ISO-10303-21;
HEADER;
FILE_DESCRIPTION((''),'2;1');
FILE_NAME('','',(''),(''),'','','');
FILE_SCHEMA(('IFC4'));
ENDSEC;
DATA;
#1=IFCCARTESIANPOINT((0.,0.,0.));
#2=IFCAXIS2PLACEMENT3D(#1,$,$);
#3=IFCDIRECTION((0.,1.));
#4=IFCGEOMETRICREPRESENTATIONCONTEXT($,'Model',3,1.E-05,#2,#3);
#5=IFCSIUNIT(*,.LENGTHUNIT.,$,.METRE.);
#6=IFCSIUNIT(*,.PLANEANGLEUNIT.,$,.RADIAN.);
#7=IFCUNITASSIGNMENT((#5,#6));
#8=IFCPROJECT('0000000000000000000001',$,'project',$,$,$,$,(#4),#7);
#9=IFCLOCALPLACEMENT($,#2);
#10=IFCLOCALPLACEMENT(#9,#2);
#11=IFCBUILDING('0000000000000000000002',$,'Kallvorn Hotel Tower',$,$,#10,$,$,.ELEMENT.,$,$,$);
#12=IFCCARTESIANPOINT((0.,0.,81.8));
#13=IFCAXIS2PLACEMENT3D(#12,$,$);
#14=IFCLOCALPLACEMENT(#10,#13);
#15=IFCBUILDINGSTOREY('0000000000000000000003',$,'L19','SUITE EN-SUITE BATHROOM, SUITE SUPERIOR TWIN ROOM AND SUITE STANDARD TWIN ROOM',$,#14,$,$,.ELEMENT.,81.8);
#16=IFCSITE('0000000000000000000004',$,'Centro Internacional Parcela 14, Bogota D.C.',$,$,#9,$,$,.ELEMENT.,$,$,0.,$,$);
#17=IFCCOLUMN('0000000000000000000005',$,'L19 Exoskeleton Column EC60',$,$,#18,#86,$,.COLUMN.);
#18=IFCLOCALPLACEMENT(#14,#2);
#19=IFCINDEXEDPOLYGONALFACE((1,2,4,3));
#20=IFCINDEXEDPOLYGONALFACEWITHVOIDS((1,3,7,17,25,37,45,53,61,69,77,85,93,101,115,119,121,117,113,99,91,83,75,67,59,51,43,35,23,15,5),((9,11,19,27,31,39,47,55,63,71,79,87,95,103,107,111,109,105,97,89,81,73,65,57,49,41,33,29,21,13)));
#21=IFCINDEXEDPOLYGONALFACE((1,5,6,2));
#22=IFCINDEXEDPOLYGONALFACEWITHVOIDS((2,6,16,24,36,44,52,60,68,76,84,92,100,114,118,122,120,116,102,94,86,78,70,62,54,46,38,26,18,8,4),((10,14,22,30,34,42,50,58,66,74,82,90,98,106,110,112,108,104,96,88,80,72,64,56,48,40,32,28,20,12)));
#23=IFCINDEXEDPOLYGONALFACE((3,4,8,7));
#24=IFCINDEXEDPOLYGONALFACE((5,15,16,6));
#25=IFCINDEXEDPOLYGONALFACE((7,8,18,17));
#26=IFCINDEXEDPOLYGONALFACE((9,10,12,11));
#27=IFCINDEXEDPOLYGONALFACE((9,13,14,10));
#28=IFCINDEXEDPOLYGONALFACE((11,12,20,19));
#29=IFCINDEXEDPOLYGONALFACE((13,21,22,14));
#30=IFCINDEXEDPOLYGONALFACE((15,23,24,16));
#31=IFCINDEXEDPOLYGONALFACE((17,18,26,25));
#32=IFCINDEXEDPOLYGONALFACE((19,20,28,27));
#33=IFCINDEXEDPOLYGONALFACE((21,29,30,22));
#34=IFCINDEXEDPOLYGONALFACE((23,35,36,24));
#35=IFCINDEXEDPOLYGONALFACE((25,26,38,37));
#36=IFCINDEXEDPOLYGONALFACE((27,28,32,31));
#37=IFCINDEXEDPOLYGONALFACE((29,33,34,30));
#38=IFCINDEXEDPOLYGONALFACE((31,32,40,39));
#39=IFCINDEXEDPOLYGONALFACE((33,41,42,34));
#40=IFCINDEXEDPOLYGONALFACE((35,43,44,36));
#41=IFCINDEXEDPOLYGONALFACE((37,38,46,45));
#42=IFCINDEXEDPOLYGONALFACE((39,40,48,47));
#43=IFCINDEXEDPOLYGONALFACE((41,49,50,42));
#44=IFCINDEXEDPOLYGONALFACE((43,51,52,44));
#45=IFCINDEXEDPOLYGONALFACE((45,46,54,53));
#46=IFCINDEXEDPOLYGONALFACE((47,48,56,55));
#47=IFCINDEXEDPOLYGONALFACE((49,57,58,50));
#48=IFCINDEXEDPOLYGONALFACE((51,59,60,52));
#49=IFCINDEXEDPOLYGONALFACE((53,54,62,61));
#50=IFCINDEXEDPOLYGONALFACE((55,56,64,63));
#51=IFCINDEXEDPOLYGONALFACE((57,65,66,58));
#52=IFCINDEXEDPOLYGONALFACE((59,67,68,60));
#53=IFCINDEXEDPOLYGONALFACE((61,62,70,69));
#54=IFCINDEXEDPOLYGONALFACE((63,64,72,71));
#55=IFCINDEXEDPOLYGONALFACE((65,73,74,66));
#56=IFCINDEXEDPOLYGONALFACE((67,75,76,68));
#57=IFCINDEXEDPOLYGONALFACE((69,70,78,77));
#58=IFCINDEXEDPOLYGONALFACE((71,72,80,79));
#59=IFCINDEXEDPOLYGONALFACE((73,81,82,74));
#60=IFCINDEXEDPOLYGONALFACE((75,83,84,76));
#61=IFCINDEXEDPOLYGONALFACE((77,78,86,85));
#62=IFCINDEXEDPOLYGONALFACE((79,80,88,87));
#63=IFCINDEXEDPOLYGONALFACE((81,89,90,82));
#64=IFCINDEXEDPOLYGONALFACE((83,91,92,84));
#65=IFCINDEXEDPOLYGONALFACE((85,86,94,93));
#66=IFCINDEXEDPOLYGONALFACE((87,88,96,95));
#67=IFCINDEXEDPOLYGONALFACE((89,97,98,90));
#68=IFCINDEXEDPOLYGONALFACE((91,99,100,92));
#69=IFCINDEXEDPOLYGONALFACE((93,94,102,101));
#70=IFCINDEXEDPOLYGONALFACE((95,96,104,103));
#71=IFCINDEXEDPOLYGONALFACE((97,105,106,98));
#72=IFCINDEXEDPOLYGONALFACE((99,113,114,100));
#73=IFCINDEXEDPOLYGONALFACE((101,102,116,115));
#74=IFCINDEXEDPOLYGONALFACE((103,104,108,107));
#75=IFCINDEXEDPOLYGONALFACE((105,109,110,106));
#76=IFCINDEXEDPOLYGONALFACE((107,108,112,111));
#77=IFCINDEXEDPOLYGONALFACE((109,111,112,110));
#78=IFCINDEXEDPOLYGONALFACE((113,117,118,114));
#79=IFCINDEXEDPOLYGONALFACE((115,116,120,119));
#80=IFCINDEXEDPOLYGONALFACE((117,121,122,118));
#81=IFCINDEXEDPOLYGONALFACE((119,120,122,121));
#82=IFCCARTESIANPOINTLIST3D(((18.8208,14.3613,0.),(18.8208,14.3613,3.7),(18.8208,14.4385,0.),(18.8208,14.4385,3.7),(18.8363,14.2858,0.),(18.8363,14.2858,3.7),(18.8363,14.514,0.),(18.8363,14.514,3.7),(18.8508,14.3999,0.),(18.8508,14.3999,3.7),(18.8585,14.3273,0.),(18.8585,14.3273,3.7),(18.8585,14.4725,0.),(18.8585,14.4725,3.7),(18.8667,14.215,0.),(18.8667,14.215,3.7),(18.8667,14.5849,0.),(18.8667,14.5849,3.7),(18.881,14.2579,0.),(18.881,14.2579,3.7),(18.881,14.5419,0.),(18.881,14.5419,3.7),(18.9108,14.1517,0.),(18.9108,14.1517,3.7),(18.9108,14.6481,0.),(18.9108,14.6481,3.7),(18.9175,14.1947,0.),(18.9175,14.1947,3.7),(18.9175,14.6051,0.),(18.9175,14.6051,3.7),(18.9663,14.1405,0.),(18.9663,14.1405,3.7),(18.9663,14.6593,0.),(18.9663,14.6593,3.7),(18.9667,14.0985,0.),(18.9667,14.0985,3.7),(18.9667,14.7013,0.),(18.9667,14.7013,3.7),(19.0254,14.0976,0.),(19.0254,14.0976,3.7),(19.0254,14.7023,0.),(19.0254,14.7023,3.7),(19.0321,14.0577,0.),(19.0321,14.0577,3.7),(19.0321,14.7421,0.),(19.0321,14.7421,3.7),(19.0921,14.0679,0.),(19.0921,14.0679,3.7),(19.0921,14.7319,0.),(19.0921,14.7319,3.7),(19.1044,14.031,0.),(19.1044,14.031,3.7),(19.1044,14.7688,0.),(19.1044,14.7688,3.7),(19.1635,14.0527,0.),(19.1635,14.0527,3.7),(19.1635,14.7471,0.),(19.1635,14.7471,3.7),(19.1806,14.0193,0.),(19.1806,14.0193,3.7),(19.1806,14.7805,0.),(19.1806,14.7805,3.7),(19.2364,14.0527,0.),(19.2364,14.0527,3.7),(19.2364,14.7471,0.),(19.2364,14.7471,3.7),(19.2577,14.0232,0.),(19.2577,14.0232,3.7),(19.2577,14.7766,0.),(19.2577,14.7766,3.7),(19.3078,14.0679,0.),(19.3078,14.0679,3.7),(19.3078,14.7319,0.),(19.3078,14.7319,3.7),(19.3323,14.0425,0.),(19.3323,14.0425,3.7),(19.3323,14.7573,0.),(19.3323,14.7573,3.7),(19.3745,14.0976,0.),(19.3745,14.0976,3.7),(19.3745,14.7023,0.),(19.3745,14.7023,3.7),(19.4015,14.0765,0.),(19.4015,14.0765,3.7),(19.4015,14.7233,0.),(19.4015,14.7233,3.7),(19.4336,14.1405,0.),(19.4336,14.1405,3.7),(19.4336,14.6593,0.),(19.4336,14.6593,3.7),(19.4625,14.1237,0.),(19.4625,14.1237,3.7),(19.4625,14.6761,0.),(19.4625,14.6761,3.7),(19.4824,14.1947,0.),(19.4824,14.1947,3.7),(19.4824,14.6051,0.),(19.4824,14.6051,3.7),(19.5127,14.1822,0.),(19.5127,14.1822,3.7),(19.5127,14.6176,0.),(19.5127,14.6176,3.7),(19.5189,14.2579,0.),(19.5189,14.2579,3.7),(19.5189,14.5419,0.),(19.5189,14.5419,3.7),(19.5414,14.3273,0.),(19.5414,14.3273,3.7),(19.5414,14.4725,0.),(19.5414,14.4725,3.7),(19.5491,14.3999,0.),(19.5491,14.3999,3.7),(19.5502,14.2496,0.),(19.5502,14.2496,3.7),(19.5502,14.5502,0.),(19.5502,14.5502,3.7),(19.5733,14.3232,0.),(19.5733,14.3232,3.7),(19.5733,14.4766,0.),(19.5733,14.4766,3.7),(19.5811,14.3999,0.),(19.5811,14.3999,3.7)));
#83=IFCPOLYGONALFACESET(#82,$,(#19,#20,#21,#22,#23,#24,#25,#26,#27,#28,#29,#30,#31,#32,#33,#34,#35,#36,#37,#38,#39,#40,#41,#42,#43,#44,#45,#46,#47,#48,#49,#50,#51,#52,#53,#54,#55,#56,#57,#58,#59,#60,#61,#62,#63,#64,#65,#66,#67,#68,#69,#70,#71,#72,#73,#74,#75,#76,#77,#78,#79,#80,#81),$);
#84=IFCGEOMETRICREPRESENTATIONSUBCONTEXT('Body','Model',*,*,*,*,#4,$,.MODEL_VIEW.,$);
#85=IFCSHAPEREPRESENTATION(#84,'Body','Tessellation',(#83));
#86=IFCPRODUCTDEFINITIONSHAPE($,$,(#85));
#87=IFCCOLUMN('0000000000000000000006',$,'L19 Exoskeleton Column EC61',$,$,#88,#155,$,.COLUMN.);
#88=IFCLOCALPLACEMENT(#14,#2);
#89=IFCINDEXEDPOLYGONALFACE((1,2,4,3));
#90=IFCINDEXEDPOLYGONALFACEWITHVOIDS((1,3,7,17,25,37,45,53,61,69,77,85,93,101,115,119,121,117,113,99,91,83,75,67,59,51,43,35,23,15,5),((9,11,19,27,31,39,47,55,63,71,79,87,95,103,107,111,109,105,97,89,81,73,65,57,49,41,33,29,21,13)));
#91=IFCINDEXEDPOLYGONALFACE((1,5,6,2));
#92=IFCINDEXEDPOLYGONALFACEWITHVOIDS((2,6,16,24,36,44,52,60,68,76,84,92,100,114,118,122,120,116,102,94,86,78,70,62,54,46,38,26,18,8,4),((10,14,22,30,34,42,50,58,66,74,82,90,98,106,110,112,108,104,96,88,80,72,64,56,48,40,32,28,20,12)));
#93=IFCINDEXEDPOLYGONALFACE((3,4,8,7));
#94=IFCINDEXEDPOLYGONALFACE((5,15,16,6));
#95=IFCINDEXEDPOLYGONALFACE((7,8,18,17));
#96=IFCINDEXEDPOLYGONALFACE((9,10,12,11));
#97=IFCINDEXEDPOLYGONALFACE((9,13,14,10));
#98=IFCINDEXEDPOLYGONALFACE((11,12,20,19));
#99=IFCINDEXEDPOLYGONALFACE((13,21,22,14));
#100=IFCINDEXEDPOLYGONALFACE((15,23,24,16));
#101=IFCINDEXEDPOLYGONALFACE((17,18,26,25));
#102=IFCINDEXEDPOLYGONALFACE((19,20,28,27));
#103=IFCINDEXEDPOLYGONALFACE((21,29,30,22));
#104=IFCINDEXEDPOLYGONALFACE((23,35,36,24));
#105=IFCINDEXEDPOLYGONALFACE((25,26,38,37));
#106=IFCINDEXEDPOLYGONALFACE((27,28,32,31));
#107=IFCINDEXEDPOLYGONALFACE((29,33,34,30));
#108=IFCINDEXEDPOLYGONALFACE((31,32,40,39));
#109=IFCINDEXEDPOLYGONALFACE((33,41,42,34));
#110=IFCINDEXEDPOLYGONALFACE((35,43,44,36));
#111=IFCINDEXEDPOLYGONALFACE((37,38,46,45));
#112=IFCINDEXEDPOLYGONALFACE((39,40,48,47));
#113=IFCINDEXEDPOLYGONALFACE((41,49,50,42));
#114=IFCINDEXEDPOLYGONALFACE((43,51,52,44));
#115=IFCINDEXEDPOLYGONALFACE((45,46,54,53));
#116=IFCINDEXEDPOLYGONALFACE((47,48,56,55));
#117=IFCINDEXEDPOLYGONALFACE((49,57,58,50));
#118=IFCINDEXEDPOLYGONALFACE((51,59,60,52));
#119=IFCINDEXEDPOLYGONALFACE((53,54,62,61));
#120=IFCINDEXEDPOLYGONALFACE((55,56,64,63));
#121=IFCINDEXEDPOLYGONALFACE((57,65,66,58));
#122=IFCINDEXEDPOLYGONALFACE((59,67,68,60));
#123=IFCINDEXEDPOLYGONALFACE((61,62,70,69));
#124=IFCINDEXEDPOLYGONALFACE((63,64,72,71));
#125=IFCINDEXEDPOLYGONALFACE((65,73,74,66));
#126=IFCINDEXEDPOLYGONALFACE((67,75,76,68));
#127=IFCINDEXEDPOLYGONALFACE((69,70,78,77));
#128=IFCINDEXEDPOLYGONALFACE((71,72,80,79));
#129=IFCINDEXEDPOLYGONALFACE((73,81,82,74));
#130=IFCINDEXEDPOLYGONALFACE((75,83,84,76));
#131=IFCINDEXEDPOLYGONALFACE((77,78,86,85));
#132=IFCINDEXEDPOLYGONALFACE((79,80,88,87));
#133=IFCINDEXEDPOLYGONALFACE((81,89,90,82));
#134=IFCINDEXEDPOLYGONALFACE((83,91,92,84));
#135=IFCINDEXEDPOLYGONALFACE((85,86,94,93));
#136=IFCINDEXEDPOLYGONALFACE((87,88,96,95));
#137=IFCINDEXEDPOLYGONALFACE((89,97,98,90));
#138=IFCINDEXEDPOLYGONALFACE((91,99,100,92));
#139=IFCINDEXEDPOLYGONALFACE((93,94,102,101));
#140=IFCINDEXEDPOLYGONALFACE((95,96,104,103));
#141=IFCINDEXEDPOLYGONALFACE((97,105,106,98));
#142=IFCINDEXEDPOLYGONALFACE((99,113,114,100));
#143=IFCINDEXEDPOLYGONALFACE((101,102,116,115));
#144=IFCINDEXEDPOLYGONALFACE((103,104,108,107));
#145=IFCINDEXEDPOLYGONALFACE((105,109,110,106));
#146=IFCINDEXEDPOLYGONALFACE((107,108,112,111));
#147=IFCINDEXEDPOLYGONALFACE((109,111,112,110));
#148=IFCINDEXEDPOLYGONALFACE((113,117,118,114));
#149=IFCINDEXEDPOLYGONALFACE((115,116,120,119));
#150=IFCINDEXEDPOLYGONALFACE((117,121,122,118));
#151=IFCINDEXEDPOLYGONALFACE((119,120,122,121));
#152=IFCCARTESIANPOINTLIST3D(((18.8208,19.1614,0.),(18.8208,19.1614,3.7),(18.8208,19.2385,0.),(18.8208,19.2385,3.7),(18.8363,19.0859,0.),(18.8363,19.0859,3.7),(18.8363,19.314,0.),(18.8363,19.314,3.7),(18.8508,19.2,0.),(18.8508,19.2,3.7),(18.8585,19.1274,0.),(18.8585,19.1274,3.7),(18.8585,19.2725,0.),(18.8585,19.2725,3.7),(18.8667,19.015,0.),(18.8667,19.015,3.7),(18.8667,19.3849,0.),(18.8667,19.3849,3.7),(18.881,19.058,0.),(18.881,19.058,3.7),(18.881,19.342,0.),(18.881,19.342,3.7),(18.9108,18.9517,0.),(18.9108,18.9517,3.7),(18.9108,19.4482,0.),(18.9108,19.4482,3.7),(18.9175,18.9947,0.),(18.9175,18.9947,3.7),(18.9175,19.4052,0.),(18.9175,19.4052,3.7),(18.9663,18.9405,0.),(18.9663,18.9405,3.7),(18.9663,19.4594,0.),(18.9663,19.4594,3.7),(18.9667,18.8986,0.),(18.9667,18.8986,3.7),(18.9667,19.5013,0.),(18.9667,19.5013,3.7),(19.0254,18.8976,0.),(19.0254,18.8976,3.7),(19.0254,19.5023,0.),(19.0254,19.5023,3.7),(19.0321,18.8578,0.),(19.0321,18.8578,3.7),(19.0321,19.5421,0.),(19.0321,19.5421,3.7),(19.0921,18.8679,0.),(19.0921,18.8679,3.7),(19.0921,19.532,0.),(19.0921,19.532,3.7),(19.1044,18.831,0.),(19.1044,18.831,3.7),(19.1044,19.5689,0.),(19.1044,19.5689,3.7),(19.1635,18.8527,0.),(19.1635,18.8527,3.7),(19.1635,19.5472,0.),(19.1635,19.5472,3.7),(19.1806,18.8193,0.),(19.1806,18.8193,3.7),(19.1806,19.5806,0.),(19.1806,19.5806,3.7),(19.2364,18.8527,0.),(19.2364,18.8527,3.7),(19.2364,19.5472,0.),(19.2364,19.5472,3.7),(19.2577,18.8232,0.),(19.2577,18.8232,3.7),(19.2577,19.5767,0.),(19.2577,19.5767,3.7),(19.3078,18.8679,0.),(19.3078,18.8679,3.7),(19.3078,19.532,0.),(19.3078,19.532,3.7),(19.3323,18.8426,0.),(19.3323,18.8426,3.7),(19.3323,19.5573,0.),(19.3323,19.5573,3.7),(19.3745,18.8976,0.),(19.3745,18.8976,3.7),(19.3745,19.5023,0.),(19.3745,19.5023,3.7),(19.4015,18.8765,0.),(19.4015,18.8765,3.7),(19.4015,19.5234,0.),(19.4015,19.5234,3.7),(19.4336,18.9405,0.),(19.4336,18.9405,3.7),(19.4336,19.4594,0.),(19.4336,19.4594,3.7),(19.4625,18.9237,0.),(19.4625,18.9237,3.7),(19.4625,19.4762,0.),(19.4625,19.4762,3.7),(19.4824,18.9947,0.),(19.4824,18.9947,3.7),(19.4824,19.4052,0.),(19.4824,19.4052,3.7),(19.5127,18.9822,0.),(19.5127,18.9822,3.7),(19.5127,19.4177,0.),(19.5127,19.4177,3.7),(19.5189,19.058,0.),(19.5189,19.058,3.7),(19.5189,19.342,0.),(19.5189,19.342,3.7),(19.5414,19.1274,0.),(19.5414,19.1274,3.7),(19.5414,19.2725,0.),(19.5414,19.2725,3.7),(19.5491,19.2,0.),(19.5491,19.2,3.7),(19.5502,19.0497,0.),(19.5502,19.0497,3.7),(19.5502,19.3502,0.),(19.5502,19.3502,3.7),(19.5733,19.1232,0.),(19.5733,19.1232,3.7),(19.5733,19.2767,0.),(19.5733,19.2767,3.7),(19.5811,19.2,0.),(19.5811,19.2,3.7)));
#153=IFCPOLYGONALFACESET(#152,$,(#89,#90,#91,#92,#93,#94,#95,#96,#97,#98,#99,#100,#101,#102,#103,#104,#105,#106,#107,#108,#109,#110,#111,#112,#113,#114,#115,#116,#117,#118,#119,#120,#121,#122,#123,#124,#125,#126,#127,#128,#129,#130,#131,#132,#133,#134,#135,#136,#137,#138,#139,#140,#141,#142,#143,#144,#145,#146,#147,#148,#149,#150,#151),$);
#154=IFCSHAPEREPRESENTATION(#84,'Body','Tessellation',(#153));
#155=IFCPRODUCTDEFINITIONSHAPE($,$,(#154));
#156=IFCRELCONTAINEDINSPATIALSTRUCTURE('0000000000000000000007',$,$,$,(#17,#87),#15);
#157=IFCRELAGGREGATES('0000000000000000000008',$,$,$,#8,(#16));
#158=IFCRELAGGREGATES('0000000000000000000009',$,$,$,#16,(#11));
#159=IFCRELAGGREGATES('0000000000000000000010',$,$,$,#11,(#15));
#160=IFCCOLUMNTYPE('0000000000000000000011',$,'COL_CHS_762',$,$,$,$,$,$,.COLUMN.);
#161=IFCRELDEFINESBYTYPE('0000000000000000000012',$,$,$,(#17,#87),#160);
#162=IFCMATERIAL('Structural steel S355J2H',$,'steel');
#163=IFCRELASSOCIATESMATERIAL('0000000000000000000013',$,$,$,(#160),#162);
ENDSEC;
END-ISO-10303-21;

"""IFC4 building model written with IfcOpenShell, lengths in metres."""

from ifc_helpers import new_model, si_unit, direction, frame, origin, origin_2d, place, context, subcontext, project, spatial, hollow_circle, extrude, material, material_profile, profile_set, type_object, element, save


model = new_model("IFC4")

# Units and contexts
model_context = context("Model", 3, precision=1e-05, world=origin(), true_north=direction((0.0, 1.0)))
body_context = subcontext(model_context, "Body", "Model", "MODEL_VIEW")
ifc_project = project(units=[si_unit("LENGTHUNIT", "METRE"), si_unit("PLANEANGLEUNIT", "RADIAN")], contexts=[model_context])

# Site, building, storey
site_placement = place(None, origin())
site = spatial("IfcSite", under=ifc_project, at=site_placement, Name="Centro Internacional Parcela 14, Bogota D.C.", CompositionType="ELEMENT", RefElevation=0.0)
building_placement = place(site_placement, origin())
building = spatial("IfcBuilding", under=site, at=building_placement, Name="Kallvorn Hotel Tower", CompositionType="ELEMENT")
storey_placement = place(building_placement, frame((0.0, 0.0, 81.8)))
storey = spatial("IfcBuildingStorey", under=building, at=storey_placement, Name="L19", Description="SUITE EN-SUITE BATHROOM, SUITE SUPERIOR TWIN ROOM AND SUITE STANDARD TWIN ROOM", CompositionType="ELEMENT", Elevation=81.8)

# Columns
ifc_material_1 = material(Name="Structural steel S355J2H", Category="steel")
ifc_material_profile_1 = material_profile(ifc_material_1, hollow_circle(Radius=0.3811, WallThickness=0.032, at=origin_2d()), Name="CHS 762x32")
ifc_profile_set_1 = profile_set([ifc_material_profile_1], Name="Structural steel S355J2H")
column_type_1 = type_object("IfcColumnType", Name="COL_CHS_762", PredefinedType="COLUMN", material=ifc_profile_set_1)
for number, where, z_axis, x_axis, name in (
    (1, (19.2, 14.3999, 0.0), (0.0, 0.0, 1.0), (1.0, 0.0, 0.0), "L19 Exoskeleton Column EC60"),
    (2, (19.2, 19.2, 0.0), (0.0, 0.0, 1.0), (1.0, 0.0, 0.0), "L19 Exoskeleton Column EC61"),
):
    element("IfcColumn", number, at=place(storey_placement, frame(where, z_axis=z_axis, x_axis=x_axis)), inside=storey, type_object=column_type_1, Name=name, PredefinedType="COLUMN", context=body_context, shape_type="SweptSolid", body=[
        extrude(hollow_circle(Radius=0.3811, WallThickness=0.032, at=origin_2d()), origin(), (0.0, 0.0, 1.0), 3.7),
    ])

save(model, "model.ifc")
